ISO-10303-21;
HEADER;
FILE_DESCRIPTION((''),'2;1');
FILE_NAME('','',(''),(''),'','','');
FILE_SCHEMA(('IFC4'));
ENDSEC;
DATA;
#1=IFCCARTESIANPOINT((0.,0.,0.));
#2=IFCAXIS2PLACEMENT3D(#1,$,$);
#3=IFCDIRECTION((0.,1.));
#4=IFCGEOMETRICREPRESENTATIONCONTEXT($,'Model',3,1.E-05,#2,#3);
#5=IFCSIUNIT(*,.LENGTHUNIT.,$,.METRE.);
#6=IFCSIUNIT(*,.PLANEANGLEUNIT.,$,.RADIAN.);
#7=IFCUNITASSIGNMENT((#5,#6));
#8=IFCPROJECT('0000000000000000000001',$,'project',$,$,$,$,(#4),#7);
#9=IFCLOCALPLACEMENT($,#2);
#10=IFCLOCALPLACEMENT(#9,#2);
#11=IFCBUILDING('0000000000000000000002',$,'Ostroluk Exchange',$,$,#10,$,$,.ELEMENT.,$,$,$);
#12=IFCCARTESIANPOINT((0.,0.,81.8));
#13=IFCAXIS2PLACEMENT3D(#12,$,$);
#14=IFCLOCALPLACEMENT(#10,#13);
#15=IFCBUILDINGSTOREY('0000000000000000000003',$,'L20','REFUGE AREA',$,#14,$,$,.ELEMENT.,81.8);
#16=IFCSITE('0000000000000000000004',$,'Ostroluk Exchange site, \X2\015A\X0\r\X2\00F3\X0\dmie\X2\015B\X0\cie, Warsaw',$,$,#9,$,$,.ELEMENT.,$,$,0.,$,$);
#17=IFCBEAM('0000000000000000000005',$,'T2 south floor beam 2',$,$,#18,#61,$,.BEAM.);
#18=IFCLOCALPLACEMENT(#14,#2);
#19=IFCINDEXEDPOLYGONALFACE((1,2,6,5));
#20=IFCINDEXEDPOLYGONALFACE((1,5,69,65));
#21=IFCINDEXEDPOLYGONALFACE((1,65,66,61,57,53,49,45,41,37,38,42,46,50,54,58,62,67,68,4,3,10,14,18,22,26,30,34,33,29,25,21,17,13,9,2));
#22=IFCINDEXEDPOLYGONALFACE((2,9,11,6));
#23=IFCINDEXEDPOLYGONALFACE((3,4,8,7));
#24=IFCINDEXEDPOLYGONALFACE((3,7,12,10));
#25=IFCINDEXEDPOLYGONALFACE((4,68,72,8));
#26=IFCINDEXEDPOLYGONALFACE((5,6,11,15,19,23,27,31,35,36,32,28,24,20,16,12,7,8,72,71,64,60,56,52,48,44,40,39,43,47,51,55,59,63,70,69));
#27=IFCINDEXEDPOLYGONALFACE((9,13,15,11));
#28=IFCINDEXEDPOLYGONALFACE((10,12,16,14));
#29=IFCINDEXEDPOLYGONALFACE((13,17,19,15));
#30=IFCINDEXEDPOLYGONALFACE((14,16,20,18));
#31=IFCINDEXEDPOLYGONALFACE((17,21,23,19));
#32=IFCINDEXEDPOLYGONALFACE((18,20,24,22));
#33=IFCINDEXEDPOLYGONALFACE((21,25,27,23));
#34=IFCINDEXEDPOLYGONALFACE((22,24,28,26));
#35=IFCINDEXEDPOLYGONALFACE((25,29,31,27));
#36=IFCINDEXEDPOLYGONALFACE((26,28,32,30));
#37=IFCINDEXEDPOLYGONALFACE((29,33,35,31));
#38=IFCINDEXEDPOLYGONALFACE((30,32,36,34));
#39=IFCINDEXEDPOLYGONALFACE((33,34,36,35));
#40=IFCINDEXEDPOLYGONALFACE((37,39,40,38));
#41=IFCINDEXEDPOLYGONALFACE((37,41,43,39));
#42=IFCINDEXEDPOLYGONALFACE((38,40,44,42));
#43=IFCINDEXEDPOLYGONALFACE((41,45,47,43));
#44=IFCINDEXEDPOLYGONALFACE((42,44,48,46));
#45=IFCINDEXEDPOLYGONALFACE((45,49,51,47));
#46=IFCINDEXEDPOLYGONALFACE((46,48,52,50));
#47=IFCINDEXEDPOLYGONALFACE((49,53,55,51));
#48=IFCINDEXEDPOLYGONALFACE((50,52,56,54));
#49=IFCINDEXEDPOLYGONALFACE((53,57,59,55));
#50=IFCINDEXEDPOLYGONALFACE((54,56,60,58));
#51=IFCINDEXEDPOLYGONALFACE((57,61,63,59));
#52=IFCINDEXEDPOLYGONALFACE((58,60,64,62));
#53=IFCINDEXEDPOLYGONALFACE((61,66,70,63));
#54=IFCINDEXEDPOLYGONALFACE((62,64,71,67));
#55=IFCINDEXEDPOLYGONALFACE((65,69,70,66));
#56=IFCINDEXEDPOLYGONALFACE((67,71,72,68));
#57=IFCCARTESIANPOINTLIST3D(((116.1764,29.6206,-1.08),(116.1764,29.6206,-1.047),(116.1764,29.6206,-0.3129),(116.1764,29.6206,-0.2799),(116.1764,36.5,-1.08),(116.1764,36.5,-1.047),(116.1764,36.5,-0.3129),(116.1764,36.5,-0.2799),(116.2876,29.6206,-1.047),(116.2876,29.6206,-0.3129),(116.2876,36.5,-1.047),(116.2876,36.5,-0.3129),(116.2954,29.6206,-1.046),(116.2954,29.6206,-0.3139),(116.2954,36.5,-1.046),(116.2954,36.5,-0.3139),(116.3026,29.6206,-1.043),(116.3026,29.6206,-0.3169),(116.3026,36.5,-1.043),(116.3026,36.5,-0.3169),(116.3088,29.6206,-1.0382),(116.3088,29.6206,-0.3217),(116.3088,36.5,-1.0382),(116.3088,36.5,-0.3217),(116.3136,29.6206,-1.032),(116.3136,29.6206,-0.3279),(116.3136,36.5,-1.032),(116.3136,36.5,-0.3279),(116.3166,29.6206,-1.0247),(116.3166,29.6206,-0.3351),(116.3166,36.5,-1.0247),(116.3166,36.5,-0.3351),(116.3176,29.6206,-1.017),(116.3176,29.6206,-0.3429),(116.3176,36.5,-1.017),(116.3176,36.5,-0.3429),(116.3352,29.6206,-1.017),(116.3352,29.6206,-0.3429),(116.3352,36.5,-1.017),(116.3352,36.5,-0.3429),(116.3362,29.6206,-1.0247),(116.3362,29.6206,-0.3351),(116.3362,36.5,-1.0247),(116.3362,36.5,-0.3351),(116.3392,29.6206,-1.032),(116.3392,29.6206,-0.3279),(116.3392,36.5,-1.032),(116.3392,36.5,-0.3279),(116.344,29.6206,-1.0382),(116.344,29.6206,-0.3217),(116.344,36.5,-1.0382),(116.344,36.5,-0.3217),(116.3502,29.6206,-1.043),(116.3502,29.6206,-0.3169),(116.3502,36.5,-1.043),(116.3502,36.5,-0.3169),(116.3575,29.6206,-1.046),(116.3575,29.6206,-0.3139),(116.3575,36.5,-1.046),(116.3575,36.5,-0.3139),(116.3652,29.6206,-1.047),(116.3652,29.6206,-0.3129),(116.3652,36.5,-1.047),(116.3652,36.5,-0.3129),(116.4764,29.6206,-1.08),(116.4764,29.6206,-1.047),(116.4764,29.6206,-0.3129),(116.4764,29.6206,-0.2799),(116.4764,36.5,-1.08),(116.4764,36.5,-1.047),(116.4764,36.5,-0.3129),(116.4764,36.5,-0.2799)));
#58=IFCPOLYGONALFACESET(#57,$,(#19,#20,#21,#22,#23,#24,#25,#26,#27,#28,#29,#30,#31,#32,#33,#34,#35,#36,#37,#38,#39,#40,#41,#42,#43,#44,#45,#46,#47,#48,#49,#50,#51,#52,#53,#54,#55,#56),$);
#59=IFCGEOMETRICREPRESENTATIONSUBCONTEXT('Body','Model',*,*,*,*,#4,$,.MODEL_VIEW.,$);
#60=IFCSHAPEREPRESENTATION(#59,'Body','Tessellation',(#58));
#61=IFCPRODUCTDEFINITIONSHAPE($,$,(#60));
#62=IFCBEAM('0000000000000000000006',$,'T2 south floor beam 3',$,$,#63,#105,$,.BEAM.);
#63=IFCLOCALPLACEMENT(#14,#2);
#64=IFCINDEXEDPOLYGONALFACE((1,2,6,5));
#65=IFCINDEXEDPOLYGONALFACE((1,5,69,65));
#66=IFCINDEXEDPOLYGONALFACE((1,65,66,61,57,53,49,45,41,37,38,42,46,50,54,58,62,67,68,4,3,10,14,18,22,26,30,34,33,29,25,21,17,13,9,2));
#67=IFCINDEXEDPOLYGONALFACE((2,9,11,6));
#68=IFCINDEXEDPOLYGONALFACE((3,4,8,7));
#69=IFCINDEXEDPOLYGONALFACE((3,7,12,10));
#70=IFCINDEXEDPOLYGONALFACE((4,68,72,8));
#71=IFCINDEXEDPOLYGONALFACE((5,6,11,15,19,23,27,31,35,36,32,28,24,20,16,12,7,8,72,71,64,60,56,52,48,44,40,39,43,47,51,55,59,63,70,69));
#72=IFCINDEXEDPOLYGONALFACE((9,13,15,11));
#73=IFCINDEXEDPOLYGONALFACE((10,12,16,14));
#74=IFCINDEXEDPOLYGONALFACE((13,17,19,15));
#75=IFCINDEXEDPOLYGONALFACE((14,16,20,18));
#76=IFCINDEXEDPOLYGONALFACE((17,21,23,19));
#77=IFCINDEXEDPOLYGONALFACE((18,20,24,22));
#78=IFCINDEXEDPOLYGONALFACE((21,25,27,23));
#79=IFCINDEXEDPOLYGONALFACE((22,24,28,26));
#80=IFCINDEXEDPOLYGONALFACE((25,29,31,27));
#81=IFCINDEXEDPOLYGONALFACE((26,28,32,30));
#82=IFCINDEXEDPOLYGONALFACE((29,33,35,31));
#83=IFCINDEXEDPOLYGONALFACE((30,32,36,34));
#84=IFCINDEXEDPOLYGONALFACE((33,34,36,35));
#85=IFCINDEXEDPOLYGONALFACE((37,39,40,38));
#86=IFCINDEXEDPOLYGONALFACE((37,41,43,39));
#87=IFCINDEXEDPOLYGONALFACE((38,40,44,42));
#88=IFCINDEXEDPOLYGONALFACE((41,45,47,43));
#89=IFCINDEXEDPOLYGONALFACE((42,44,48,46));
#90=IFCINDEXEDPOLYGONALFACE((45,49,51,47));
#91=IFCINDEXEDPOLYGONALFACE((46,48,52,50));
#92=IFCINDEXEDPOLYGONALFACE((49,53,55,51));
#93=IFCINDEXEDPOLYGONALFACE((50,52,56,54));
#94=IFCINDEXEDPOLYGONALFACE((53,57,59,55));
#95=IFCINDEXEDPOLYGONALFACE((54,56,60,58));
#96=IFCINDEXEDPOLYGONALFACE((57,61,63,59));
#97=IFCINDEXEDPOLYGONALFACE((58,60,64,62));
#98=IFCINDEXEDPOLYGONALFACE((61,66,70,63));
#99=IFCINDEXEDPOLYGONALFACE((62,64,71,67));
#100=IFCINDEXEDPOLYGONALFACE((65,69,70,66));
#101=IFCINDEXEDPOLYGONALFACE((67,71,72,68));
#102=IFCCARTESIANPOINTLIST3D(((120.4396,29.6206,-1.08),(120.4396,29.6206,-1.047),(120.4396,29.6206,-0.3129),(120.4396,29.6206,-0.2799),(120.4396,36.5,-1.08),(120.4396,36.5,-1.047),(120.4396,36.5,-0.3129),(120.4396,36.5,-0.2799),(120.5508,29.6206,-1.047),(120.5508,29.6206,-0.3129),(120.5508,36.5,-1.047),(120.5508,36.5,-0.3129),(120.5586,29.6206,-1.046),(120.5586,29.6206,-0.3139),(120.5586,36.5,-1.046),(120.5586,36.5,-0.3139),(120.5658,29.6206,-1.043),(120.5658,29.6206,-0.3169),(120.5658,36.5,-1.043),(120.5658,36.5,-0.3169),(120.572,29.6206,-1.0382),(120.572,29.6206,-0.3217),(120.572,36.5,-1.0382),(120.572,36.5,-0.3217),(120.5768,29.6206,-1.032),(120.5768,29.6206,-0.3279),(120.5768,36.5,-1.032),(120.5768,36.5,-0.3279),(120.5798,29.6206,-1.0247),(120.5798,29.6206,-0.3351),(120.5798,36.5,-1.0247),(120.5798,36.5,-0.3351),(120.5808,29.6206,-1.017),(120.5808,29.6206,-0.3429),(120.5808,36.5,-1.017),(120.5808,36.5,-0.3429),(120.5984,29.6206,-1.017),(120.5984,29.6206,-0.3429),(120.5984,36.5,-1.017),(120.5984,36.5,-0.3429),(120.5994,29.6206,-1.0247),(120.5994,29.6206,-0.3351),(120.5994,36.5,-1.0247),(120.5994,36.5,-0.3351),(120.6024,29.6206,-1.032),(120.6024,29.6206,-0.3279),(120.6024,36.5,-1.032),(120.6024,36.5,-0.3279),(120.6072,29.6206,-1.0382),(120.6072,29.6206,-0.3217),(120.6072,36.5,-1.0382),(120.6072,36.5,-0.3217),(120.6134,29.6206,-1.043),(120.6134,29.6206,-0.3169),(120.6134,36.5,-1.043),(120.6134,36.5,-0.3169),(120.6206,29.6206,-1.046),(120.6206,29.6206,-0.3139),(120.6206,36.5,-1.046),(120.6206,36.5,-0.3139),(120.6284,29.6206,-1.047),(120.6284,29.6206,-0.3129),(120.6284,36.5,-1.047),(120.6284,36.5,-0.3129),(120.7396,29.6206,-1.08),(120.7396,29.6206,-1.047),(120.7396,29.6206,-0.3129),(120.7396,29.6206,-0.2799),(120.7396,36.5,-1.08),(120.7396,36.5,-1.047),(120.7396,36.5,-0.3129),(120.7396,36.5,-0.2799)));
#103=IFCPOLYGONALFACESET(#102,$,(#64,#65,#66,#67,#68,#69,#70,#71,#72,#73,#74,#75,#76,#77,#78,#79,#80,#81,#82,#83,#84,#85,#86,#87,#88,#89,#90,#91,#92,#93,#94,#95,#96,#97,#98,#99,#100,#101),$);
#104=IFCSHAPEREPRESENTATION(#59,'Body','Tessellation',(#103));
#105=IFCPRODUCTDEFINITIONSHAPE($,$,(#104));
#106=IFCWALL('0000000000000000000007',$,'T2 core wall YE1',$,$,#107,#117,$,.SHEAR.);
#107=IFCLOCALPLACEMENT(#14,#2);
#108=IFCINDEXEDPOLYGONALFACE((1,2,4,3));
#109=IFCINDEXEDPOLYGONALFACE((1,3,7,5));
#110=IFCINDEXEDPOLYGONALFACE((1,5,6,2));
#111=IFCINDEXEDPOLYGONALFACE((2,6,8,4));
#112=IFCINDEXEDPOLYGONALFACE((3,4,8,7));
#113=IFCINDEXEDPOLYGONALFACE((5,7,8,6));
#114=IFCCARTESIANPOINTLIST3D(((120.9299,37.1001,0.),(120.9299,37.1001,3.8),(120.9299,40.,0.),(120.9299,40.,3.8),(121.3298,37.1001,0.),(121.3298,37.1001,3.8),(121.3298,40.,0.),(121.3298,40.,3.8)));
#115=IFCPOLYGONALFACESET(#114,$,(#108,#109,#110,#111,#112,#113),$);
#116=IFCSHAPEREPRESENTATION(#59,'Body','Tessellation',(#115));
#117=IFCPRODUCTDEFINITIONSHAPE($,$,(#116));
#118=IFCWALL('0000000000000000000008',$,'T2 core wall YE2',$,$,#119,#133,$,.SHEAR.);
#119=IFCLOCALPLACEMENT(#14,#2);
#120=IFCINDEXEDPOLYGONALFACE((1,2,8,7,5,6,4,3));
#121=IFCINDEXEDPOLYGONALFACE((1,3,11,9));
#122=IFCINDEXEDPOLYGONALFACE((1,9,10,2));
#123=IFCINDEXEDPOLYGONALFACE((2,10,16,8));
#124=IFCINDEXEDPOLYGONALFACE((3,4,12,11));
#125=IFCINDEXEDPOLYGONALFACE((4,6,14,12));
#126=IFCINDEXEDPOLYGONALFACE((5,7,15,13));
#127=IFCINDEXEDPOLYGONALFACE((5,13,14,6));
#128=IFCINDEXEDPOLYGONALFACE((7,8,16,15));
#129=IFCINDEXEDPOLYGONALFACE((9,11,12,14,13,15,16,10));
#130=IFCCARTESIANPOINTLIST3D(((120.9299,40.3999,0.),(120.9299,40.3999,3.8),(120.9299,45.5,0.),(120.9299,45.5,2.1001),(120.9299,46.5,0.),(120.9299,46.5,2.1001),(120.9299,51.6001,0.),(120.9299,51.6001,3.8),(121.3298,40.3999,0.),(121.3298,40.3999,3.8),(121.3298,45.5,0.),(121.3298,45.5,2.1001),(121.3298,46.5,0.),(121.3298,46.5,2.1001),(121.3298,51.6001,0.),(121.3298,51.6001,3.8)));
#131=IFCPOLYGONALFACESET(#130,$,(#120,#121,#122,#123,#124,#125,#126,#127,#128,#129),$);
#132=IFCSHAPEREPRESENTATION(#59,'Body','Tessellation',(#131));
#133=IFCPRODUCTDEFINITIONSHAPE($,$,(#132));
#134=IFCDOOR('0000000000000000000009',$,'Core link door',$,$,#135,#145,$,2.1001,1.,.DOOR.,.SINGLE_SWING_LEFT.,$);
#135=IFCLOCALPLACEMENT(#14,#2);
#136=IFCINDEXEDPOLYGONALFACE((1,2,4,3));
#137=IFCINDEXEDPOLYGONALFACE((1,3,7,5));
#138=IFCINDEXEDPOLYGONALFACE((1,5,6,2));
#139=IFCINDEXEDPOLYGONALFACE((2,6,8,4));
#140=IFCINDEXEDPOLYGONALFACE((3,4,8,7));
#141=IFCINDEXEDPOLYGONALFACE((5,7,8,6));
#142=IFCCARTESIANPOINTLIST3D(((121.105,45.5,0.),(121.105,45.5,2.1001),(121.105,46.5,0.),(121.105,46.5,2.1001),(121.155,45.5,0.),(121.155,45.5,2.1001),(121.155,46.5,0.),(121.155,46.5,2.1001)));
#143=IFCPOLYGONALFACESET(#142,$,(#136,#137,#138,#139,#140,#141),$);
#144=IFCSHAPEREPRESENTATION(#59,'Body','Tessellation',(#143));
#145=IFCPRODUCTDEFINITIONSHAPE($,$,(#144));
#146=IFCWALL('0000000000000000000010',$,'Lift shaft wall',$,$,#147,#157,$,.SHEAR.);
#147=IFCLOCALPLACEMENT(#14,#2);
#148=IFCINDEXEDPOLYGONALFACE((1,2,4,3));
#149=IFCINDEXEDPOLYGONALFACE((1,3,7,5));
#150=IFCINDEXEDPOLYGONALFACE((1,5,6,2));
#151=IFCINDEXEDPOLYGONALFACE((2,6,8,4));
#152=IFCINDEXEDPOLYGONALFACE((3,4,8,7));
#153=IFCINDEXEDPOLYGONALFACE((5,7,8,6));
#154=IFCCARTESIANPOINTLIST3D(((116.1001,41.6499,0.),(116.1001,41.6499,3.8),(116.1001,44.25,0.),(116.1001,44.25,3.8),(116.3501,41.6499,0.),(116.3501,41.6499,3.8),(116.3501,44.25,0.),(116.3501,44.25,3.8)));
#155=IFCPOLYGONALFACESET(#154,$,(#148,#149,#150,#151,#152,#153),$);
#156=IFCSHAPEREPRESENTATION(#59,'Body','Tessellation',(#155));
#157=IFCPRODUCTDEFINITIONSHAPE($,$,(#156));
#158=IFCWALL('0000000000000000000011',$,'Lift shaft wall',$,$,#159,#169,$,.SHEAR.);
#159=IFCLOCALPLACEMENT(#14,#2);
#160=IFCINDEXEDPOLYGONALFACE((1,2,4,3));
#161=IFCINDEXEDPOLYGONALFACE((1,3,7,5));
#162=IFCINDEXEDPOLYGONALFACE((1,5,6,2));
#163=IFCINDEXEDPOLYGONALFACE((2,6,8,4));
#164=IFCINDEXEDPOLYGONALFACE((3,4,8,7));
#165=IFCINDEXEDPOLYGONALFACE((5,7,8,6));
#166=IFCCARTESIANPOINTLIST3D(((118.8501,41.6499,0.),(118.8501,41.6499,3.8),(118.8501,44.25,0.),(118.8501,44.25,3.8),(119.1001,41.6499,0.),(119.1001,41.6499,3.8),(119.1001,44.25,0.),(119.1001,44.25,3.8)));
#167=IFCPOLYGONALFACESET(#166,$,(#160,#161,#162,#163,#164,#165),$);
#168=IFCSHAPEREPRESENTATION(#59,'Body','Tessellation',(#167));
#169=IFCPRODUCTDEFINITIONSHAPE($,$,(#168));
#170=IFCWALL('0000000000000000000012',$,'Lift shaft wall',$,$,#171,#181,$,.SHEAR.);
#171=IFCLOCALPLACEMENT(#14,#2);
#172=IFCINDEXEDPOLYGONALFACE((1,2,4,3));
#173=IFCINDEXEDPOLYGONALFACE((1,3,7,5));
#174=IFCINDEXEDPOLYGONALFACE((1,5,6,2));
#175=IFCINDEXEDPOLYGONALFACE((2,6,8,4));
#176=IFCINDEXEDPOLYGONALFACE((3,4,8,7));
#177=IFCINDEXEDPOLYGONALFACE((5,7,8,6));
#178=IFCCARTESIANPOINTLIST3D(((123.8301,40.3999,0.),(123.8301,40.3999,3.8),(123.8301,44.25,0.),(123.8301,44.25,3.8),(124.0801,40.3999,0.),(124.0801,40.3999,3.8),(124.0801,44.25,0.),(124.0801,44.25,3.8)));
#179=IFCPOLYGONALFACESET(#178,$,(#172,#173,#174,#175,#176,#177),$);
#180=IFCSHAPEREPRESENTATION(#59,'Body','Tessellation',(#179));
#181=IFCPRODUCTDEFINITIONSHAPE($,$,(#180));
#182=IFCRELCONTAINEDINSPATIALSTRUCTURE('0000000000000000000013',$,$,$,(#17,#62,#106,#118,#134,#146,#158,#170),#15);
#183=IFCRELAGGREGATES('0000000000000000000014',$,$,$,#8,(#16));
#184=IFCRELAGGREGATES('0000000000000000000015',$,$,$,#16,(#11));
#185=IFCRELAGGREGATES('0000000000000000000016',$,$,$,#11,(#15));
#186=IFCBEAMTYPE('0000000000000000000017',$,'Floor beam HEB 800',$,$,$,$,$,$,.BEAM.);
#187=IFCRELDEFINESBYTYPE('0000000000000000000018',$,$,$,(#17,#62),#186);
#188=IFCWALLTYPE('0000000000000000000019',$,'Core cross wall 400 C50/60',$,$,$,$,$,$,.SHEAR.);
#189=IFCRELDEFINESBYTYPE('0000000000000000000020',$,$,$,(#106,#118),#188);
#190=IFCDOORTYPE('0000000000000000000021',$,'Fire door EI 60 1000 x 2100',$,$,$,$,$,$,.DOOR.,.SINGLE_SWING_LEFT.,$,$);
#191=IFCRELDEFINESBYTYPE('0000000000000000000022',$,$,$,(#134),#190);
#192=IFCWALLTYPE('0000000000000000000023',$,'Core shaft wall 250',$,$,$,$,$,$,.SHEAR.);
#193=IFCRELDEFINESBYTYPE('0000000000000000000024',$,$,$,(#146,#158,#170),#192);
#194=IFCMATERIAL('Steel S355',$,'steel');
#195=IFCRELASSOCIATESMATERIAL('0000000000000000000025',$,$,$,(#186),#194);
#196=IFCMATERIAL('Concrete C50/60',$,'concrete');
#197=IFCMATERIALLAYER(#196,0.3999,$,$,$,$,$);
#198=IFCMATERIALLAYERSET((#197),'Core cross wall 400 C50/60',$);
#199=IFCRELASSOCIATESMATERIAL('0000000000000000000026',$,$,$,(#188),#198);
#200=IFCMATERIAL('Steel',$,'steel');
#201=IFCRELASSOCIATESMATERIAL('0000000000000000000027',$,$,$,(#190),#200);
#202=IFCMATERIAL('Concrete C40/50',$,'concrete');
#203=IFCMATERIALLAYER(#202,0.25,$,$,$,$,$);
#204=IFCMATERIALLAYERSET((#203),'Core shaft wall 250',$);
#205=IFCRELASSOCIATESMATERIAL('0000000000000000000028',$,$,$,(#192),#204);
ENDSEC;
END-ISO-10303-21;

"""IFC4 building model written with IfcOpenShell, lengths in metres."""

from ifc_helpers import new_model, si_unit, direction, frame, frame_2d, origin, origin_2d, place, context, subcontext, project, spatial, rectangle, i_section, extrude, material, layer, layer_set, material_profile, profile_set, type_object, element, fill, save


model = new_model("IFC4")

# Units and contexts
model_context = context("Model", 3, precision=1e-05, world=origin(), true_north=direction((0.0, 1.0)))
body_context = subcontext(model_context, "Body", "Model", "MODEL_VIEW")
ifc_project = project(units=[si_unit("LENGTHUNIT", "METRE"), si_unit("PLANEANGLEUNIT", "RADIAN")], contexts=[model_context])

# Site, building, storey
site_placement = place(None, origin())
site = spatial("IfcSite", under=ifc_project, at=site_placement, Name="Ostroluk Exchange site, Śródmieście, Warsaw", CompositionType="ELEMENT", RefElevation=0.0)
building_placement = place(site_placement, origin())
building = spatial("IfcBuilding", under=site, at=building_placement, Name="Ostroluk Exchange", CompositionType="ELEMENT")
storey_placement = place(building_placement, frame((0.0, 0.0, 81.8)))
storey = spatial("IfcBuildingStorey", under=building, at=storey_placement, Name="L20", Description="REFUGE AREA", CompositionType="ELEMENT", Elevation=81.8)

# Beams
ifc_material_1 = material(Name="Steel S355", Category="steel")
ifc_material_profile = material_profile(ifc_material_1, i_section(OverallWidth=0.3, OverallDepth=0.8, WebThickness=0.0176, FlangeThickness=0.033, FilletRadius=0.03, at=origin_2d()), Name="HEB 800")
ifc_profile_set = profile_set([ifc_material_profile], Name="Steel S355")
beam_type = type_object("IfcBeamType", Name="Floor beam HEB 800", PredefinedType="BEAM", material=ifc_profile_set)
for number, where, z_axis, x_axis, name in (
    (1, (116.3264, 36.5, -0.6799), (0.0, -1.0, 0.0), (1.0, 0.0, 0.0), "T2 south floor beam 2"),
    (2, (120.5896, 36.5, -0.6799), (0.0, -1.0, 0.0), (1.0, 0.0, 0.0), "T2 south floor beam 3"),
):
    element("IfcBeam", number, at=place(storey_placement, frame(where, z_axis=z_axis, x_axis=x_axis)), inside=storey, type_object=beam_type, Name=name, PredefinedType="BEAM", context=body_context, shape_type="SweptSolid", body=[
        extrude(i_section(OverallWidth=0.3, OverallDepth=0.8, WebThickness=0.0176, FlangeThickness=0.033, FilletRadius=0.03, at=origin_2d()), origin(), (0.0, 0.0, 1.0), 6.8794),
    ])

# Wall
ifc_material_2 = material(Name="Concrete C50/60", Category="concrete")
ifc_layer_1 = layer(ifc_material_2, 0.3999)
ifc_layer_set_1 = layer_set([ifc_layer_1], Name="Core cross wall 400 C50/60")
wall_type_1 = type_object("IfcWallType", Name="Core cross wall 400 C50/60", PredefinedType="SHEAR", material=ifc_layer_set_1)
wall_1_placement = place(storey_placement, frame((121.1299, 37.1001, 0.0), z_axis=(0.0, 0.0, 1.0), x_axis=(0.0, 1.0, 0.0)))
element("IfcWall", 3, at=wall_1_placement, inside=storey, type_object=wall_type_1, Name="T2 core wall YE1", PredefinedType="SHEAR", context=body_context, shape_type="SweptSolid", body=[
    extrude(rectangle(XDim=2.8999, YDim=0.3999, at=frame_2d((1.45, 0.0))), origin(), (0.0, 0.0, 1.0), 3.8),
])

# Wall, opening, door
wall_2_placement = place(storey_placement, frame((121.1299, 40.3999, 0.0), z_axis=(0.0, 0.0, 1.0), x_axis=(0.0, 1.0, 0.0)))
wall_2 = element("IfcWall", 4, at=wall_2_placement, inside=storey, type_object=wall_type_1, Name="T2 core wall YE2", PredefinedType="SHEAR", context=body_context, shape_type="SweptSolid", body=[
    extrude(rectangle(XDim=11.2002, YDim=0.3999, at=frame_2d((5.6001, 0.0))), origin(), (0.0, 0.0, 1.0), 3.8),
])
opening_1_placement = place(wall_2_placement, frame((5.1001, 0.0, 0.0)))
opening_1 = element("IfcOpeningElement", 5, at=opening_1_placement, cuts=wall_2, PredefinedType="OPENING", context=body_context, shape_type="SweptSolid", body=[
    extrude(rectangle(XDim=1.0, YDim=2.1001, at=frame_2d((0.5, 1.05))), frame((0.0, 0.21, 0.0), z_axis=(0.0, -1.0, 0.0), x_axis=(1.0, 0.0, 0.0)), (0.0, 0.0, 1.0), 0.4199),
])
ifc_material_3 = material(Name="Steel", Category="steel")
door_type_1 = type_object("IfcDoorType", Name="Fire door EI 60 1000 x 2100", OperationType="SINGLE_SWING_LEFT", PredefinedType="DOOR", material=ifc_material_3)
door_1_placement = place(opening_1_placement, origin())
door_1 = element("IfcDoor", 6, at=door_1_placement, inside=storey, type_object=door_type_1, Name="Core link door", OperationType="SINGLE_SWING_LEFT", OverallHeight=2.1001, OverallWidth=1.0, PredefinedType="DOOR", context=body_context, shape_type="SweptSolid", body=[
    extrude(rectangle(XDim=1.0, YDim=2.1001, at=frame_2d((0.5, 1.05))), frame((0.0, 0.0249, 0.0), z_axis=(0.0, -1.0, 0.0), x_axis=(1.0, 0.0, 0.0)), (0.0, 0.0, 1.0), 0.05),
])
fill(opening_1, door_1)

# Walls
ifc_material_4 = material(Name="Concrete C40/50", Category="concrete")
ifc_layer_2 = layer(ifc_material_4, 0.25)
ifc_layer_set_2 = layer_set([ifc_layer_2], Name="Core shaft wall 250")
wall_type_2 = type_object("IfcWallType", Name="Core shaft wall 250", PredefinedType="SHEAR", material=ifc_layer_set_2)
for number, where, z_axis, x_axis, name in (
    (7, (116.2251, 44.25, 0.0), (0.0, 0.0, 1.0), (0.0, -1.0, 0.0), "Lift shaft wall"),
    (8, (118.9751, 44.25, 0.0), (0.0, 0.0, 1.0), (0.0, -1.0, 0.0), "Lift shaft wall"),
):
    element("IfcWall", number, at=place(storey_placement, frame(where, z_axis=z_axis, x_axis=x_axis)), inside=storey, type_object=wall_type_2, Name=name, PredefinedType="SHEAR", context=body_context, shape_type="SweptSolid", body=[
        extrude(rectangle(XDim=2.6001, YDim=0.25, at=frame_2d((1.3, 0.0))), origin(), (0.0, 0.0, 1.0), 3.8),
    ])
wall_3_placement = place(storey_placement, frame((123.9551, 44.25, 0.0), z_axis=(0.0, 0.0, 1.0), x_axis=(0.0, -1.0, 0.0)))
element("IfcWall", 9, at=wall_3_placement, inside=storey, type_object=wall_type_2, Name="Lift shaft wall", PredefinedType="SHEAR", context=body_context, shape_type="SweptSolid", body=[
    extrude(rectangle(XDim=3.8501, YDim=0.25, at=frame_2d((1.925, 0.0))), origin(), (0.0, 0.0, 1.0), 3.8),
])

save(model, "model.ifc")
